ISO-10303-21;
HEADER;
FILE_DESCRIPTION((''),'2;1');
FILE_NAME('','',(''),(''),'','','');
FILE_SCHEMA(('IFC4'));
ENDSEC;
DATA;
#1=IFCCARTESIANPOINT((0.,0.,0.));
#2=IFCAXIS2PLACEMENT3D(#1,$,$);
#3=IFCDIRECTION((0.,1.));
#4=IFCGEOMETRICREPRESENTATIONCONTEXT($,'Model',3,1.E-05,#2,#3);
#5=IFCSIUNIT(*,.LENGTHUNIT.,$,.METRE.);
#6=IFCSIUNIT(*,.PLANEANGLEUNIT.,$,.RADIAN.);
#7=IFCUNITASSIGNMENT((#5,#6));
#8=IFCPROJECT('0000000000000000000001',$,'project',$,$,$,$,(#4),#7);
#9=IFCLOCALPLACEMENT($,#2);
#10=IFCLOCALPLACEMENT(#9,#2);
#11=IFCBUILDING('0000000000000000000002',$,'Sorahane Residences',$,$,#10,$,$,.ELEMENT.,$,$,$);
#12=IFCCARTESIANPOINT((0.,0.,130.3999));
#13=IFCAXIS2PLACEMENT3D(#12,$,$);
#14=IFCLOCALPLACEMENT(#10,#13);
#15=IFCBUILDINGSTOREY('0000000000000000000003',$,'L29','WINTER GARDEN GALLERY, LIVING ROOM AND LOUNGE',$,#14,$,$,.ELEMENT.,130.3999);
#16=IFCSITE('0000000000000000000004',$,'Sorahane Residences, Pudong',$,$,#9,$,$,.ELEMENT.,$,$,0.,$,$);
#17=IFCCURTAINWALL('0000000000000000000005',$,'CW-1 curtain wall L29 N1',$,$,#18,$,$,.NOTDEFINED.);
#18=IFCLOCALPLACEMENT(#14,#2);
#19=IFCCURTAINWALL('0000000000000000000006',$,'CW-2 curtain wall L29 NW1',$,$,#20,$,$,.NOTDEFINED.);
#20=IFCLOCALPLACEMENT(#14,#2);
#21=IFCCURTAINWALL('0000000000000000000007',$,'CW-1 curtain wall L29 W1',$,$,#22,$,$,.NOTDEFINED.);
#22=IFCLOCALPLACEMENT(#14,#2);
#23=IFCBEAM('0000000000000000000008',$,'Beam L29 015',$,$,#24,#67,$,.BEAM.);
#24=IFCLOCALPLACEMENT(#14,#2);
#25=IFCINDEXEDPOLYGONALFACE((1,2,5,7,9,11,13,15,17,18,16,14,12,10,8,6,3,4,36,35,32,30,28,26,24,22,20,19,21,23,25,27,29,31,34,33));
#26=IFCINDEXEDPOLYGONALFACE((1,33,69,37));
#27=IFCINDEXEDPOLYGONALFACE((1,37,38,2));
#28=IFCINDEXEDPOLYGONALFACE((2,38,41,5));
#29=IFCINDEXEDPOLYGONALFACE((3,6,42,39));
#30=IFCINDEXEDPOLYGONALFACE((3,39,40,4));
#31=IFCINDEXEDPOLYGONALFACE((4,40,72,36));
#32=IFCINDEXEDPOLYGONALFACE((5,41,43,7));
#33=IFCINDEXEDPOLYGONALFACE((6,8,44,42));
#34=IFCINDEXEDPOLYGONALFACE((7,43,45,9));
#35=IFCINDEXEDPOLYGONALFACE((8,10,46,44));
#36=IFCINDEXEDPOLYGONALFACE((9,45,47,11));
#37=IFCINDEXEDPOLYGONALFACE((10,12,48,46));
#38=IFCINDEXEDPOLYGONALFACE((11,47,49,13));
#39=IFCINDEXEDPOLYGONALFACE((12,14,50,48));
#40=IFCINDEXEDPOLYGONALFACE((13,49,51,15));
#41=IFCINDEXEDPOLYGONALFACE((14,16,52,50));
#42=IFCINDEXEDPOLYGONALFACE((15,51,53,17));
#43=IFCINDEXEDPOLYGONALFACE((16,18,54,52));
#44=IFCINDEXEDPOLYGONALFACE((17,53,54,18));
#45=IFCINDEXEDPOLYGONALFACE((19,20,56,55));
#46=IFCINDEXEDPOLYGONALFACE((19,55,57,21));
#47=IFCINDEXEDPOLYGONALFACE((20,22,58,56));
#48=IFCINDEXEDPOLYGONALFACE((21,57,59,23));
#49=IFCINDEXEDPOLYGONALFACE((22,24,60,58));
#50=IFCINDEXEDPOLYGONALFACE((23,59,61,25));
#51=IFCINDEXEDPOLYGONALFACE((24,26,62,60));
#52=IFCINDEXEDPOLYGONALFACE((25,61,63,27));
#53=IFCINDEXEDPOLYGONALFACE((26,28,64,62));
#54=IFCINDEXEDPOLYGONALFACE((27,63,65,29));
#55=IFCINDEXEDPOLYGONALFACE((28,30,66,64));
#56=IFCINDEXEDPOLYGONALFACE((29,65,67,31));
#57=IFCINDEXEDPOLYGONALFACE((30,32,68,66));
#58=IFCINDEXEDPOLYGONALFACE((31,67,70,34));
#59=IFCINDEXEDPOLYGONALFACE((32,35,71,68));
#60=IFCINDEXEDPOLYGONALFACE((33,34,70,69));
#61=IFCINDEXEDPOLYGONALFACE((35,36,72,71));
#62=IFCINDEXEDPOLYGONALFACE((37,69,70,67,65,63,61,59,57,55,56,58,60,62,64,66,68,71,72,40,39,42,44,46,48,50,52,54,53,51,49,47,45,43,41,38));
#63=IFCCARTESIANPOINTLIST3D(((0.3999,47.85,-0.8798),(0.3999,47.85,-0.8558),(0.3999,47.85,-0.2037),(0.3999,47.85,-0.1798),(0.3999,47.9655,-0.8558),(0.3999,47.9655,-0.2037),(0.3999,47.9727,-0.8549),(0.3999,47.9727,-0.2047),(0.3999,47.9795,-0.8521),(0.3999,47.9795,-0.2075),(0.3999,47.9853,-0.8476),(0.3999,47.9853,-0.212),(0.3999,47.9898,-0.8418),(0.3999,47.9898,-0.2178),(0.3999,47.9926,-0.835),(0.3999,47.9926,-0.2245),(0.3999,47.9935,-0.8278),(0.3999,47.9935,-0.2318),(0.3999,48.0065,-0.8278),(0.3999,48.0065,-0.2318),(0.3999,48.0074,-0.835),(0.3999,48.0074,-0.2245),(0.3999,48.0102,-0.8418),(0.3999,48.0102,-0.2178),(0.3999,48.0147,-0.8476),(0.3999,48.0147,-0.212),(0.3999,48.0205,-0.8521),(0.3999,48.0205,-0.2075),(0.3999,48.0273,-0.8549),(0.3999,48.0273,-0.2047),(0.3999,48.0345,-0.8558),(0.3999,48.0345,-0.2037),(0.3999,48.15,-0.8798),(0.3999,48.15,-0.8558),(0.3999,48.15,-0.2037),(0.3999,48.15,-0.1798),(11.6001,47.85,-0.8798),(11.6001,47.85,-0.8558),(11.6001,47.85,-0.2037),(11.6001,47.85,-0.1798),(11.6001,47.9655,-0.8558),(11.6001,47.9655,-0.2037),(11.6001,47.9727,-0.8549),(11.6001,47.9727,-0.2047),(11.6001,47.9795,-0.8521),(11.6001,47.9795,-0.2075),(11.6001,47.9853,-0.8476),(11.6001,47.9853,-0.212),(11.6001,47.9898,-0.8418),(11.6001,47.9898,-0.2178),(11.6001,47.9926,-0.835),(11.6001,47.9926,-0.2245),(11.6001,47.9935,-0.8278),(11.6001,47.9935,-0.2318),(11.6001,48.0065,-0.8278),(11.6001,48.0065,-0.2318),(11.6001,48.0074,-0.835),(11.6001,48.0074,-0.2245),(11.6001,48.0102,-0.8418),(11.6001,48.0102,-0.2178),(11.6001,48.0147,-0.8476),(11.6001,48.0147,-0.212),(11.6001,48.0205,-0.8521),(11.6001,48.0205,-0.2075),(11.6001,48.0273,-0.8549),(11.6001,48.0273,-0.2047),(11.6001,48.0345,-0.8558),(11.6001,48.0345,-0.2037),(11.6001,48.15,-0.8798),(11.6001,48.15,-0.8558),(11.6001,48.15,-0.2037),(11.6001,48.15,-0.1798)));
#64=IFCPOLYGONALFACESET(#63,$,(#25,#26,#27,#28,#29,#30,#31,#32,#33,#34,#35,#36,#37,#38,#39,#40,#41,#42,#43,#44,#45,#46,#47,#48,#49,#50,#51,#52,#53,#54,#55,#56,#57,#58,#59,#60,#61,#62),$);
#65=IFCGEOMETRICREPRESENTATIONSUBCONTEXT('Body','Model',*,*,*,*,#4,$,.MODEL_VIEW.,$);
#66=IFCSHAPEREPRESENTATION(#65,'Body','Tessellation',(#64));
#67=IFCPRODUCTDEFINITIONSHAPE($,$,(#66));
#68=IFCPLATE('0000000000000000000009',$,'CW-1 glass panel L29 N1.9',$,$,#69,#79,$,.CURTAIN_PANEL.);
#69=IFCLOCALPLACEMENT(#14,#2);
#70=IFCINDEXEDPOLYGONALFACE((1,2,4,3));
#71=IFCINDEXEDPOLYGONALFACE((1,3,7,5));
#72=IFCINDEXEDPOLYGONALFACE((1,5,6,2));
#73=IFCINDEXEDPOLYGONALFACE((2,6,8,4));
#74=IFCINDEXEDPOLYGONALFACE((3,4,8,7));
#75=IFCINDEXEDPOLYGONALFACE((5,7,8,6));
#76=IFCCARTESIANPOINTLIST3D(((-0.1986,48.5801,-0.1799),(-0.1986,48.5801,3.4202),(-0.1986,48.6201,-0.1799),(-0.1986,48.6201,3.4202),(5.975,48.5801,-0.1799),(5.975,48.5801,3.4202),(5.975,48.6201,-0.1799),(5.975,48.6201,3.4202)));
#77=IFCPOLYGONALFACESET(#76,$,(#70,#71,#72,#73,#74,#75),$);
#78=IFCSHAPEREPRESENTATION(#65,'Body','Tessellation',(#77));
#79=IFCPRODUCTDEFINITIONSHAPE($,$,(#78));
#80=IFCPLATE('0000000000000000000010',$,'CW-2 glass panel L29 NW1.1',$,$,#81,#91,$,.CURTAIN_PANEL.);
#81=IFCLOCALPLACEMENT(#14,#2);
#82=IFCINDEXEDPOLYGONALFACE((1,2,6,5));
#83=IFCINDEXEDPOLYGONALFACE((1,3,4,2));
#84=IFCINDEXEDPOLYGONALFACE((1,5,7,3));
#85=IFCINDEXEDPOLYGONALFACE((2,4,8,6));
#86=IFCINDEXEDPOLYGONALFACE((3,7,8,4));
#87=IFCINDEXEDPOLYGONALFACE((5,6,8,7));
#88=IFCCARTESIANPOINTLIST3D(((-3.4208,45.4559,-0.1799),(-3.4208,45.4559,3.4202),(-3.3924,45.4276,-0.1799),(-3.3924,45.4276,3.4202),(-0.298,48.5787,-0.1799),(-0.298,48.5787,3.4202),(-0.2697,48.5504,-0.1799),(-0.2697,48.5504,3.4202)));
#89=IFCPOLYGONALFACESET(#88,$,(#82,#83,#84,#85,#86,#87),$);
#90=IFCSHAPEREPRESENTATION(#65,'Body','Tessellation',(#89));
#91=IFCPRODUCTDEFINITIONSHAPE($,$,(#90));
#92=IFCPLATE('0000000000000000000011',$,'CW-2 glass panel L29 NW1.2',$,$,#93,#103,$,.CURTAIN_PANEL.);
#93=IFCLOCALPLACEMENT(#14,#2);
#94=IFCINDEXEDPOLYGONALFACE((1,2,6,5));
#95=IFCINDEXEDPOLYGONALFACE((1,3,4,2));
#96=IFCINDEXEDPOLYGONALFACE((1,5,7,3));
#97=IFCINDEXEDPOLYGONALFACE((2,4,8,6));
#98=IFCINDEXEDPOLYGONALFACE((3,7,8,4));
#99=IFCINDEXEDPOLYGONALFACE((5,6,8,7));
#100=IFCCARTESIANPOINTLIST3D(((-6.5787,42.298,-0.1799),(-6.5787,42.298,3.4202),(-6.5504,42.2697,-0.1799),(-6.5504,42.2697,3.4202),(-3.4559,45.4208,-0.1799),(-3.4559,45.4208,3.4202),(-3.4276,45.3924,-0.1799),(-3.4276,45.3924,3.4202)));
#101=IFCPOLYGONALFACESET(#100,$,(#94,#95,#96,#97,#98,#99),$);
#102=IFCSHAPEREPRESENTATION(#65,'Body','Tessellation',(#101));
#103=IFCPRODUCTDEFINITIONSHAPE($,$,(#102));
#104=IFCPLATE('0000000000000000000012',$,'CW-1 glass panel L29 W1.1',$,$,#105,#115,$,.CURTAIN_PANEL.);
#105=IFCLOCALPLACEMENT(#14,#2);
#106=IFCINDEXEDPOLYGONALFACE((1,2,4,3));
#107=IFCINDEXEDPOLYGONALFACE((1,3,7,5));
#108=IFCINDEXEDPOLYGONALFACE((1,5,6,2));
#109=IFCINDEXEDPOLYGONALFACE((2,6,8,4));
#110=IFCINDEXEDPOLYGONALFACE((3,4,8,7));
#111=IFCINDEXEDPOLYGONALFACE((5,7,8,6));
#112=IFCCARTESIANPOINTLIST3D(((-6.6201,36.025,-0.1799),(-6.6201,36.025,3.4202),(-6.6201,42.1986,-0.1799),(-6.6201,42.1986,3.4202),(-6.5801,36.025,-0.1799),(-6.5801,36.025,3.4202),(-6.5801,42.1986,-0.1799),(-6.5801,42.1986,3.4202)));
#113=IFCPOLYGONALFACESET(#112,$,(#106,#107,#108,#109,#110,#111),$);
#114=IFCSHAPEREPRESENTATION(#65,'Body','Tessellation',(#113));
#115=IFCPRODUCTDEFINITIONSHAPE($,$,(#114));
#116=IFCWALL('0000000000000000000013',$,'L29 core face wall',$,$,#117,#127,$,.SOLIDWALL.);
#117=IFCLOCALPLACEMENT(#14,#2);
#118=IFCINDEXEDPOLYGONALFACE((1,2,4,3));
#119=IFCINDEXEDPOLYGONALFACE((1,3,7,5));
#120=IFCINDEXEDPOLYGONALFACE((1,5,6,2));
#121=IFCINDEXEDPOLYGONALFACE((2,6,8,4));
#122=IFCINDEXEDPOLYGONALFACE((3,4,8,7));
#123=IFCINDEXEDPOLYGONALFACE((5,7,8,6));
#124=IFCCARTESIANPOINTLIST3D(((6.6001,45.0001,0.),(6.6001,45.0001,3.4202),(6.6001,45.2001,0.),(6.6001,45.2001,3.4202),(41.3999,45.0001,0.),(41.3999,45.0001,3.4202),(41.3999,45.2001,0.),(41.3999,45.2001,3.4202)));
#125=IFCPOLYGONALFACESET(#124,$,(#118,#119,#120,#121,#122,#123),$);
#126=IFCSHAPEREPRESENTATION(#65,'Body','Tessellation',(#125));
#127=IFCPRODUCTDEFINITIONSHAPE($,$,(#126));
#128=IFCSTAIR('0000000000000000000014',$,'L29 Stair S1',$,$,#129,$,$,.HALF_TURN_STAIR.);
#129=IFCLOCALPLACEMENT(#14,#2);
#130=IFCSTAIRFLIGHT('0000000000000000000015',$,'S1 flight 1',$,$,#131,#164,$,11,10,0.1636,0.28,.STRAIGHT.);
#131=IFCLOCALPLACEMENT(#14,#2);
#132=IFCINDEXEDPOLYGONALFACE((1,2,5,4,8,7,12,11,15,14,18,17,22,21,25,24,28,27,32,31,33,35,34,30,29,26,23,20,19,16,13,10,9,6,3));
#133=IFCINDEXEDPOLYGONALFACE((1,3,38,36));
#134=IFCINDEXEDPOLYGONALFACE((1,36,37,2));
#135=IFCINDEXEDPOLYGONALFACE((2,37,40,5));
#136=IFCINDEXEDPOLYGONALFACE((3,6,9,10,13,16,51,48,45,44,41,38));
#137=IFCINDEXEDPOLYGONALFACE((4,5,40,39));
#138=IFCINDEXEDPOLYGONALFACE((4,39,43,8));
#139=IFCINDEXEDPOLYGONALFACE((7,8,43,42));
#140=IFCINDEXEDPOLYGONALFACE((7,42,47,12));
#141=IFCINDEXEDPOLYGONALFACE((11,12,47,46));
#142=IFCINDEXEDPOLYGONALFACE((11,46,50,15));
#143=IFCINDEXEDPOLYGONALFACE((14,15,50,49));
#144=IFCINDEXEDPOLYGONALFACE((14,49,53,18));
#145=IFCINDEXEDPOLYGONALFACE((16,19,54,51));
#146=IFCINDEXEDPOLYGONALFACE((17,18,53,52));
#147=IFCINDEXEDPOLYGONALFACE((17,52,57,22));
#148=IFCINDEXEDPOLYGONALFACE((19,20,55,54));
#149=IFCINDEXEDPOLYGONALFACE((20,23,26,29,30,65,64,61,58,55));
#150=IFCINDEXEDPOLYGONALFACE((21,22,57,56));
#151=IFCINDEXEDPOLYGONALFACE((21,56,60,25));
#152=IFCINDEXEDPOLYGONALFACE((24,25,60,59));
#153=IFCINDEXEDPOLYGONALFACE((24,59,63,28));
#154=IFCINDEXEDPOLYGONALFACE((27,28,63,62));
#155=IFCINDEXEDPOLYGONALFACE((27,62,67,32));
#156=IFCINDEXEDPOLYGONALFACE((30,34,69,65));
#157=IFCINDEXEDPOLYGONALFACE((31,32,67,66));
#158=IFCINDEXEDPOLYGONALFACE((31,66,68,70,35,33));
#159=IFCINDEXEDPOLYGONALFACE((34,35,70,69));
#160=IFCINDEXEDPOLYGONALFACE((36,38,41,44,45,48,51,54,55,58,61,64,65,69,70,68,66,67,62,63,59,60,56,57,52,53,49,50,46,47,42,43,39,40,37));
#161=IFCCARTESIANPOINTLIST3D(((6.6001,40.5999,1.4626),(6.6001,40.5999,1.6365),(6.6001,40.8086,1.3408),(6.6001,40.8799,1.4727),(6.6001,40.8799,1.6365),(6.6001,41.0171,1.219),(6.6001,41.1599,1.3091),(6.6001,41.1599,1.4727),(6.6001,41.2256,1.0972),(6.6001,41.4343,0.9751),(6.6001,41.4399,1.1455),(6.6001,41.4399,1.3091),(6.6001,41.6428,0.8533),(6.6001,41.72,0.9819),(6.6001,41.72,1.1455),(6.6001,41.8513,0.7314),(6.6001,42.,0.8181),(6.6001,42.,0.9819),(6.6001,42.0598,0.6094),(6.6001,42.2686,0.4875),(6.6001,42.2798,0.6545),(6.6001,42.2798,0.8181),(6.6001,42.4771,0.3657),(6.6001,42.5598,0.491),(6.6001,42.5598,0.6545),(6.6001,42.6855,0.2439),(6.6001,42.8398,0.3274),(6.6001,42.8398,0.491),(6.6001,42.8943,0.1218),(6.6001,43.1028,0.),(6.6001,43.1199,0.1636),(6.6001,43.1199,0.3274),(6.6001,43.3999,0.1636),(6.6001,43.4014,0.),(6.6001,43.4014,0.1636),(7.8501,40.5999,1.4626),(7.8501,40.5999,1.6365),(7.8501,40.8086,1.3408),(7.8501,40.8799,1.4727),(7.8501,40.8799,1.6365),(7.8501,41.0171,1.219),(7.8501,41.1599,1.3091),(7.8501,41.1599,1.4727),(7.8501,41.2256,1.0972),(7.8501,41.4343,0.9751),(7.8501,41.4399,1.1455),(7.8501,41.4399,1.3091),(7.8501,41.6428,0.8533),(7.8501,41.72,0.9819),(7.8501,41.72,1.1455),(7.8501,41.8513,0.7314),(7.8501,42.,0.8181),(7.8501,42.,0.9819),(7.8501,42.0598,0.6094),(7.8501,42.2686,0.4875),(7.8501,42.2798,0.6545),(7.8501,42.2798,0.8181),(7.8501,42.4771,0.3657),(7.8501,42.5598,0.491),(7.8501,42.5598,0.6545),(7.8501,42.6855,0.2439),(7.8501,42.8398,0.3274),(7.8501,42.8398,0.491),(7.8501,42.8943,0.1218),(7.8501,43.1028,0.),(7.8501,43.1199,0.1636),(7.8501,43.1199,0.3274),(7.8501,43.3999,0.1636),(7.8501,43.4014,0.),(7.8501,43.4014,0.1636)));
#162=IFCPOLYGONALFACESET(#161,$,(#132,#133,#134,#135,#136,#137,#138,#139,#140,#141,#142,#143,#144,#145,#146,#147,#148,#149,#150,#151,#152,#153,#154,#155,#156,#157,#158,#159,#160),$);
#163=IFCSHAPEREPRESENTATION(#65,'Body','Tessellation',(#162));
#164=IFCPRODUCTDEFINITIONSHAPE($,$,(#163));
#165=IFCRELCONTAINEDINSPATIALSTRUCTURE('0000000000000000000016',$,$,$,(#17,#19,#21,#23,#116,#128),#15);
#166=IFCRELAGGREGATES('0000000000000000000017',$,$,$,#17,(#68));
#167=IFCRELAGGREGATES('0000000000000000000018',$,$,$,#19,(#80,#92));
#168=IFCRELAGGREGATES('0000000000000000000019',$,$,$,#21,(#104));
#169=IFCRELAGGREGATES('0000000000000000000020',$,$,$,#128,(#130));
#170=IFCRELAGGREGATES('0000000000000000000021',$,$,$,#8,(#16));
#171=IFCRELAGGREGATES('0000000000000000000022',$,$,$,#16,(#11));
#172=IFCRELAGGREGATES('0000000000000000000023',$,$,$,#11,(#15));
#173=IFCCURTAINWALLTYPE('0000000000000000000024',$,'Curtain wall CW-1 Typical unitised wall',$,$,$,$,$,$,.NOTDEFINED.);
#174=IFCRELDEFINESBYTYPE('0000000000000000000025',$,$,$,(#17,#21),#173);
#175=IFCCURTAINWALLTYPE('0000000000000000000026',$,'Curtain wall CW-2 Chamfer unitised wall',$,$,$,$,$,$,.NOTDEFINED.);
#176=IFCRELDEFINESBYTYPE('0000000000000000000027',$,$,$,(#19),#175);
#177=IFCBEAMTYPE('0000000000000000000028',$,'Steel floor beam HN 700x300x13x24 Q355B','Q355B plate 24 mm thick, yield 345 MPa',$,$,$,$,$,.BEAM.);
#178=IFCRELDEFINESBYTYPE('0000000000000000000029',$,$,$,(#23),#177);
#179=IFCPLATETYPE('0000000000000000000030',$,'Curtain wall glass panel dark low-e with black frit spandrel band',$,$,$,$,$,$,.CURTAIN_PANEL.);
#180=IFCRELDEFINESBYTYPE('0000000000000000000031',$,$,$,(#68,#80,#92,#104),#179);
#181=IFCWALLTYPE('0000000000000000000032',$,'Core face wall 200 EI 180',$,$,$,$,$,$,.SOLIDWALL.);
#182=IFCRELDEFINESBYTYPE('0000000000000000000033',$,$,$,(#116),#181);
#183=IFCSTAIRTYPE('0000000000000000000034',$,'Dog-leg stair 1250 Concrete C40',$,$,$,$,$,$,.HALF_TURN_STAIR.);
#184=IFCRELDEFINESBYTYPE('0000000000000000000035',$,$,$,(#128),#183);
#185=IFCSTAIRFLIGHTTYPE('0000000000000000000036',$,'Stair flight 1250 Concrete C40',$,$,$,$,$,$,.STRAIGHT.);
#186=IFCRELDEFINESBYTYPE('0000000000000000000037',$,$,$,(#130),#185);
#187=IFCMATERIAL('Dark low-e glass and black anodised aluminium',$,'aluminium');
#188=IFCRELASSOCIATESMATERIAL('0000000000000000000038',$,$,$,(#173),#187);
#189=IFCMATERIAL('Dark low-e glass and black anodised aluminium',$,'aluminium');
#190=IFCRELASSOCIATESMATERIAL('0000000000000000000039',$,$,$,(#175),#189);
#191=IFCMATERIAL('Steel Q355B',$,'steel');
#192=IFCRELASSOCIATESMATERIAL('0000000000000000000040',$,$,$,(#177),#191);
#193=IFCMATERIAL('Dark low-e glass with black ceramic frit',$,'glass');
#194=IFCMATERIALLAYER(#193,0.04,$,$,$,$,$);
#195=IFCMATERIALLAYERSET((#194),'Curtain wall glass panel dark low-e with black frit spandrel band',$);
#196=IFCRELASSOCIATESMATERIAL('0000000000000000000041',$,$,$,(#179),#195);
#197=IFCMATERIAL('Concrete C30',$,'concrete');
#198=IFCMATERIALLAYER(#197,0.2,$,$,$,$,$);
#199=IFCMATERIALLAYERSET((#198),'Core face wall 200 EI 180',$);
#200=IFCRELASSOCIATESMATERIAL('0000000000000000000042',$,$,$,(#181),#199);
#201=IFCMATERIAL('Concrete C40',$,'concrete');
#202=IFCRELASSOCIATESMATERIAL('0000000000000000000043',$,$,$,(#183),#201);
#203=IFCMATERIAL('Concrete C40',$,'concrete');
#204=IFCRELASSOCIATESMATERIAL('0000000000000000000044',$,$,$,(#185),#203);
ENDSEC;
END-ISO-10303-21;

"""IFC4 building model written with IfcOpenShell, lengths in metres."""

from ifc_helpers import new_model, si_unit, direction, frame, frame_2d, origin, origin_2d, place, context, subcontext, project, spatial, polyline, rectangle, i_section, outline, extrude, material, layer, layer_set, material_profile, profile_set, type_object, element, aggregate, save


model = new_model("IFC4")

# Units and contexts
model_context = context("Model", 3, precision=1e-05, world=origin(), true_north=direction((0.0, 1.0)))
body_context = subcontext(model_context, "Body", "Model", "MODEL_VIEW")
ifc_project = project(units=[si_unit("LENGTHUNIT", "METRE"), si_unit("PLANEANGLEUNIT", "RADIAN")], contexts=[model_context])

# Site, building, storey
site_placement = place(None, origin())
site = spatial("IfcSite", under=ifc_project, at=site_placement, Name="Sorahane Residences, Pudong", CompositionType="ELEMENT", RefElevation=0.0)
building_placement = place(site_placement, origin())
building = spatial("IfcBuilding", under=site, at=building_placement, Name="Sorahane Residences", CompositionType="ELEMENT")
storey_placement = place(building_placement, frame((0.0, 0.0, 130.3999)))
storey = spatial("IfcBuildingStorey", under=building, at=storey_placement, Name="L29", Description="WINTER GARDEN GALLERY, LIVING ROOM AND LOUNGE", CompositionType="ELEMENT", Elevation=130.3999)

# Curtain walls
ifc_material_1 = material(Name="Dark low-e glass and black anodised aluminium", Category="aluminium")
curtain_wall_type_1 = type_object("IfcCurtainWallType", Name="Curtain wall CW-1 Typical unitised wall", PredefinedType="NOTDEFINED", material=ifc_material_1)
curtain_wall_1_placement = place(storey_placement, origin())
curtain_wall_1 = element("IfcCurtainWall", 1, at=curtain_wall_1_placement, inside=storey, type_object=curtain_wall_type_1, Name="CW-1 curtain wall L29 N1", PredefinedType="NOTDEFINED")
ifc_material_2 = material(Name="Dark low-e glass and black anodised aluminium", Category="aluminium")
curtain_wall_type_2 = type_object("IfcCurtainWallType", Name="Curtain wall CW-2 Chamfer unitised wall", PredefinedType="NOTDEFINED", material=ifc_material_2)
curtain_wall_2_placement = place(storey_placement, origin())
curtain_wall_2 = element("IfcCurtainWall", 2, at=curtain_wall_2_placement, inside=storey, type_object=curtain_wall_type_2, Name="CW-2 curtain wall L29 NW1", PredefinedType="NOTDEFINED")

# Curtain wall
curtain_wall_3_placement = place(storey_placement, origin())
curtain_wall_3 = element("IfcCurtainWall", 3, at=curtain_wall_3_placement, inside=storey, type_object=curtain_wall_type_1, Name="CW-1 curtain wall L29 W1", PredefinedType="NOTDEFINED")

# Beam
ifc_material_3 = material(Name="Steel Q355B", Category="steel")
ifc_material_profile_1 = material_profile(ifc_material_3, i_section(OverallWidth=0.3, OverallDepth=0.7, WebThickness=0.0129, FlangeThickness=0.0239, FilletRadius=0.0281, at=origin_2d()), Name="HN 700x300x13x24")
ifc_profile_set_1 = profile_set([ifc_material_profile_1], Name="Steel Q355B")
beam_type_1 = type_object("IfcBeamType", Name="Steel floor beam HN 700x300x13x24 Q355B", Description="Q355B plate 24 mm thick, yield 345 MPa", PredefinedType="BEAM", material=ifc_profile_set_1)
beam_1_placement = place(storey_placement, frame((0.3999, 48.0, -0.5298), z_axis=(1.0, 0.0, 0.0), x_axis=(0.0, 1.0, 0.0)))
element("IfcBeam", 4, at=beam_1_placement, inside=storey, type_object=beam_type_1, Name="Beam L29 015", PredefinedType="BEAM", context=body_context, shape_type="SweptSolid", body=[
    extrude(i_section(OverallWidth=0.3, OverallDepth=0.7, WebThickness=0.0129, FlangeThickness=0.0239, FilletRadius=0.0281, at=origin_2d()), origin(), (0.0, 0.0, 1.0), 11.2002),
])

# Plates
ifc_material_4 = material(Name="Dark low-e glass with black ceramic frit", Category="glass")
ifc_layer_1 = layer(ifc_material_4, 0.04)
ifc_layer_set_1 = layer_set([ifc_layer_1], Name="Curtain wall glass panel dark low-e with black frit spandrel band")
plate_type = type_object("IfcPlateType", Name="Curtain wall glass panel dark low-e with black frit spandrel band", PredefinedType="CURTAIN_PANEL", material=ifc_layer_set_1)
plate_1_placement = place(storey_placement, frame((2.8882, 48.6001, -0.1799), z_axis=(0.0, 0.0, 1.0), x_axis=(-1.0, 0.0, 0.0)))
plate_1 = element("IfcPlate", 5, at=plate_1_placement, type_object=plate_type, Name="CW-1 glass panel L29 N1.9", PredefinedType="CURTAIN_PANEL", context=body_context, shape_type="SweptSolid", body=[
    extrude(rectangle(XDim=6.1736, YDim=0.04, at=origin_2d()), origin(), (0.0, 0.0, 1.0), 3.6001),
])
aggregate(curtain_wall_1, [plate_1])
plate_2_placement = place(storey_placement, frame((-1.8452, 47.0032, -0.1799), z_axis=(0.0, 0.0, 1.0), x_axis=(-0.707107, -0.707107, 0.0)))
plate_2 = element("IfcPlate", 6, at=plate_2_placement, type_object=plate_type, Name="CW-2 glass panel L29 NW1.1", PredefinedType="CURTAIN_PANEL", context=body_context, shape_type="SweptSolid", body=[
    extrude(rectangle(XDim=4.4163, YDim=0.04, at=origin_2d()), origin(), (0.0, 0.0, 1.0), 3.6001),
])
plate_3_placement = place(storey_placement, frame((-5.0032, 43.8452, -0.1799), z_axis=(0.0, 0.0, 1.0), x_axis=(-0.707107, -0.707107, 0.0)))
plate_3 = element("IfcPlate", 7, at=plate_3_placement, type_object=plate_type, Name="CW-2 glass panel L29 NW1.2", PredefinedType="CURTAIN_PANEL", context=body_context, shape_type="SweptSolid", body=[
    extrude(rectangle(XDim=4.4163, YDim=0.04, at=origin_2d()), origin(), (0.0, 0.0, 1.0), 3.6001),
])
aggregate(curtain_wall_2, [plate_2, plate_3])
plate_4_placement = place(storey_placement, frame((-6.6001, 39.1118, -0.1799), z_axis=(0.0, 0.0, 1.0), x_axis=(0.0, -1.0, 0.0)))
plate_4 = element("IfcPlate", 8, at=plate_4_placement, type_object=plate_type, Name="CW-1 glass panel L29 W1.1", PredefinedType="CURTAIN_PANEL", context=body_context, shape_type="SweptSolid", body=[
    extrude(rectangle(XDim=6.1736, YDim=0.04, at=origin_2d()), origin(), (0.0, 0.0, 1.0), 3.6001),
])
aggregate(curtain_wall_3, [plate_4])

# Wall
ifc_material_5 = material(Name="Concrete C30", Category="concrete")
ifc_layer_2 = layer(ifc_material_5, 0.2)
ifc_layer_set_2 = layer_set([ifc_layer_2], Name="Core face wall 200 EI 180")
wall_type = type_object("IfcWallType", Name="Core face wall 200 EI 180", PredefinedType="SOLIDWALL", material=ifc_layer_set_2)
wall_placement = place(storey_placement, frame((6.6001, 45.1001, 0.0), z_axis=(0.0, 0.0, 1.0), x_axis=(1.0, 0.0, 0.0)))
element("IfcWall", 9, at=wall_placement, inside=storey, type_object=wall_type, Name="L29 core face wall", PredefinedType="SOLIDWALL", context=body_context, shape_type="SweptSolid", body=[
    extrude(rectangle(XDim=34.7998, YDim=0.2, at=frame_2d((17.3999, 0.0))), origin(), (0.0, 0.0, 1.0), 3.4202),
])

# Stair, stair flight
ifc_material_6 = material(Name="Concrete C40", Category="concrete")
stair_type = type_object("IfcStairType", Name="Dog-leg stair 1250 Concrete C40", PredefinedType="HALF_TURN_STAIR", material=ifc_material_6)
stair_placement = place(storey_placement, origin())
stair = element("IfcStair", 10, at=stair_placement, inside=storey, type_object=stair_type, Name="L29 Stair S1", PredefinedType="HALF_TURN_STAIR")
ifc_material_7 = material(Name="Concrete C40", Category="concrete")
stair_flight_type = type_object("IfcStairFlightType", Name="Stair flight 1250 Concrete C40", PredefinedType="STRAIGHT", material=ifc_material_7)
stair_flight_placement = place(storey_placement, frame((7.2251, 43.3999, 0.0), z_axis=(0.0, 0.0, 1.0), x_axis=(0.0, -1.0, 0.0)))
stair_flight = element("IfcStairFlight", 11, at=stair_flight_placement, type_object=stair_flight_type, Name="S1 flight 1", NumberOfRisers=11, NumberOfTreads=10, PredefinedType="STRAIGHT", RiserHeight=0.1636, TreadLength=0.28, context=body_context, shape_type="SweptSolid", body=[
    extrude(outline(polyline([(-0.0015, 0.0), (-0.0015, 0.1636), (0.0, 0.1636), (0.28, 0.1636), (0.28, 0.3274), (0.5601, 0.3274), (0.5601, 0.491), (0.8401, 0.491), (0.8401, 0.6545), (1.1201, 0.6545), (1.1201, 0.8181), (1.3999, 0.8181), (1.3999, 0.9819), (1.6799, 0.9819), (1.6799, 1.1455), (1.96, 1.1455), (1.96, 1.3091), (2.24, 1.3091), (2.24, 1.4727), (2.52, 1.4727), (2.52, 1.6365), (2.8, 1.6365), (2.8, 1.8), (2.8, 1.4626), (2.5913, 1.3408), (2.3828, 1.219), (2.1743, 1.0972), (1.9656, 0.9751), (1.7571, 0.8533), (1.5486, 0.7314), (1.3401, 0.6094), (1.1313, 0.4875), (0.9229, 0.3657), (0.7144, 0.2439), (0.5056, 0.1218), (0.2971, 0.0), (-0.0015, 0.0)])), frame((0.0, 0.625, 0.0), z_axis=(0.0, -1.0, 0.0), x_axis=(1.0, 0.0, 0.0)), (0.0, 0.0, 1.0), 1.25),
])
aggregate(stair, [stair_flight])

save(model, "model.ifc")
